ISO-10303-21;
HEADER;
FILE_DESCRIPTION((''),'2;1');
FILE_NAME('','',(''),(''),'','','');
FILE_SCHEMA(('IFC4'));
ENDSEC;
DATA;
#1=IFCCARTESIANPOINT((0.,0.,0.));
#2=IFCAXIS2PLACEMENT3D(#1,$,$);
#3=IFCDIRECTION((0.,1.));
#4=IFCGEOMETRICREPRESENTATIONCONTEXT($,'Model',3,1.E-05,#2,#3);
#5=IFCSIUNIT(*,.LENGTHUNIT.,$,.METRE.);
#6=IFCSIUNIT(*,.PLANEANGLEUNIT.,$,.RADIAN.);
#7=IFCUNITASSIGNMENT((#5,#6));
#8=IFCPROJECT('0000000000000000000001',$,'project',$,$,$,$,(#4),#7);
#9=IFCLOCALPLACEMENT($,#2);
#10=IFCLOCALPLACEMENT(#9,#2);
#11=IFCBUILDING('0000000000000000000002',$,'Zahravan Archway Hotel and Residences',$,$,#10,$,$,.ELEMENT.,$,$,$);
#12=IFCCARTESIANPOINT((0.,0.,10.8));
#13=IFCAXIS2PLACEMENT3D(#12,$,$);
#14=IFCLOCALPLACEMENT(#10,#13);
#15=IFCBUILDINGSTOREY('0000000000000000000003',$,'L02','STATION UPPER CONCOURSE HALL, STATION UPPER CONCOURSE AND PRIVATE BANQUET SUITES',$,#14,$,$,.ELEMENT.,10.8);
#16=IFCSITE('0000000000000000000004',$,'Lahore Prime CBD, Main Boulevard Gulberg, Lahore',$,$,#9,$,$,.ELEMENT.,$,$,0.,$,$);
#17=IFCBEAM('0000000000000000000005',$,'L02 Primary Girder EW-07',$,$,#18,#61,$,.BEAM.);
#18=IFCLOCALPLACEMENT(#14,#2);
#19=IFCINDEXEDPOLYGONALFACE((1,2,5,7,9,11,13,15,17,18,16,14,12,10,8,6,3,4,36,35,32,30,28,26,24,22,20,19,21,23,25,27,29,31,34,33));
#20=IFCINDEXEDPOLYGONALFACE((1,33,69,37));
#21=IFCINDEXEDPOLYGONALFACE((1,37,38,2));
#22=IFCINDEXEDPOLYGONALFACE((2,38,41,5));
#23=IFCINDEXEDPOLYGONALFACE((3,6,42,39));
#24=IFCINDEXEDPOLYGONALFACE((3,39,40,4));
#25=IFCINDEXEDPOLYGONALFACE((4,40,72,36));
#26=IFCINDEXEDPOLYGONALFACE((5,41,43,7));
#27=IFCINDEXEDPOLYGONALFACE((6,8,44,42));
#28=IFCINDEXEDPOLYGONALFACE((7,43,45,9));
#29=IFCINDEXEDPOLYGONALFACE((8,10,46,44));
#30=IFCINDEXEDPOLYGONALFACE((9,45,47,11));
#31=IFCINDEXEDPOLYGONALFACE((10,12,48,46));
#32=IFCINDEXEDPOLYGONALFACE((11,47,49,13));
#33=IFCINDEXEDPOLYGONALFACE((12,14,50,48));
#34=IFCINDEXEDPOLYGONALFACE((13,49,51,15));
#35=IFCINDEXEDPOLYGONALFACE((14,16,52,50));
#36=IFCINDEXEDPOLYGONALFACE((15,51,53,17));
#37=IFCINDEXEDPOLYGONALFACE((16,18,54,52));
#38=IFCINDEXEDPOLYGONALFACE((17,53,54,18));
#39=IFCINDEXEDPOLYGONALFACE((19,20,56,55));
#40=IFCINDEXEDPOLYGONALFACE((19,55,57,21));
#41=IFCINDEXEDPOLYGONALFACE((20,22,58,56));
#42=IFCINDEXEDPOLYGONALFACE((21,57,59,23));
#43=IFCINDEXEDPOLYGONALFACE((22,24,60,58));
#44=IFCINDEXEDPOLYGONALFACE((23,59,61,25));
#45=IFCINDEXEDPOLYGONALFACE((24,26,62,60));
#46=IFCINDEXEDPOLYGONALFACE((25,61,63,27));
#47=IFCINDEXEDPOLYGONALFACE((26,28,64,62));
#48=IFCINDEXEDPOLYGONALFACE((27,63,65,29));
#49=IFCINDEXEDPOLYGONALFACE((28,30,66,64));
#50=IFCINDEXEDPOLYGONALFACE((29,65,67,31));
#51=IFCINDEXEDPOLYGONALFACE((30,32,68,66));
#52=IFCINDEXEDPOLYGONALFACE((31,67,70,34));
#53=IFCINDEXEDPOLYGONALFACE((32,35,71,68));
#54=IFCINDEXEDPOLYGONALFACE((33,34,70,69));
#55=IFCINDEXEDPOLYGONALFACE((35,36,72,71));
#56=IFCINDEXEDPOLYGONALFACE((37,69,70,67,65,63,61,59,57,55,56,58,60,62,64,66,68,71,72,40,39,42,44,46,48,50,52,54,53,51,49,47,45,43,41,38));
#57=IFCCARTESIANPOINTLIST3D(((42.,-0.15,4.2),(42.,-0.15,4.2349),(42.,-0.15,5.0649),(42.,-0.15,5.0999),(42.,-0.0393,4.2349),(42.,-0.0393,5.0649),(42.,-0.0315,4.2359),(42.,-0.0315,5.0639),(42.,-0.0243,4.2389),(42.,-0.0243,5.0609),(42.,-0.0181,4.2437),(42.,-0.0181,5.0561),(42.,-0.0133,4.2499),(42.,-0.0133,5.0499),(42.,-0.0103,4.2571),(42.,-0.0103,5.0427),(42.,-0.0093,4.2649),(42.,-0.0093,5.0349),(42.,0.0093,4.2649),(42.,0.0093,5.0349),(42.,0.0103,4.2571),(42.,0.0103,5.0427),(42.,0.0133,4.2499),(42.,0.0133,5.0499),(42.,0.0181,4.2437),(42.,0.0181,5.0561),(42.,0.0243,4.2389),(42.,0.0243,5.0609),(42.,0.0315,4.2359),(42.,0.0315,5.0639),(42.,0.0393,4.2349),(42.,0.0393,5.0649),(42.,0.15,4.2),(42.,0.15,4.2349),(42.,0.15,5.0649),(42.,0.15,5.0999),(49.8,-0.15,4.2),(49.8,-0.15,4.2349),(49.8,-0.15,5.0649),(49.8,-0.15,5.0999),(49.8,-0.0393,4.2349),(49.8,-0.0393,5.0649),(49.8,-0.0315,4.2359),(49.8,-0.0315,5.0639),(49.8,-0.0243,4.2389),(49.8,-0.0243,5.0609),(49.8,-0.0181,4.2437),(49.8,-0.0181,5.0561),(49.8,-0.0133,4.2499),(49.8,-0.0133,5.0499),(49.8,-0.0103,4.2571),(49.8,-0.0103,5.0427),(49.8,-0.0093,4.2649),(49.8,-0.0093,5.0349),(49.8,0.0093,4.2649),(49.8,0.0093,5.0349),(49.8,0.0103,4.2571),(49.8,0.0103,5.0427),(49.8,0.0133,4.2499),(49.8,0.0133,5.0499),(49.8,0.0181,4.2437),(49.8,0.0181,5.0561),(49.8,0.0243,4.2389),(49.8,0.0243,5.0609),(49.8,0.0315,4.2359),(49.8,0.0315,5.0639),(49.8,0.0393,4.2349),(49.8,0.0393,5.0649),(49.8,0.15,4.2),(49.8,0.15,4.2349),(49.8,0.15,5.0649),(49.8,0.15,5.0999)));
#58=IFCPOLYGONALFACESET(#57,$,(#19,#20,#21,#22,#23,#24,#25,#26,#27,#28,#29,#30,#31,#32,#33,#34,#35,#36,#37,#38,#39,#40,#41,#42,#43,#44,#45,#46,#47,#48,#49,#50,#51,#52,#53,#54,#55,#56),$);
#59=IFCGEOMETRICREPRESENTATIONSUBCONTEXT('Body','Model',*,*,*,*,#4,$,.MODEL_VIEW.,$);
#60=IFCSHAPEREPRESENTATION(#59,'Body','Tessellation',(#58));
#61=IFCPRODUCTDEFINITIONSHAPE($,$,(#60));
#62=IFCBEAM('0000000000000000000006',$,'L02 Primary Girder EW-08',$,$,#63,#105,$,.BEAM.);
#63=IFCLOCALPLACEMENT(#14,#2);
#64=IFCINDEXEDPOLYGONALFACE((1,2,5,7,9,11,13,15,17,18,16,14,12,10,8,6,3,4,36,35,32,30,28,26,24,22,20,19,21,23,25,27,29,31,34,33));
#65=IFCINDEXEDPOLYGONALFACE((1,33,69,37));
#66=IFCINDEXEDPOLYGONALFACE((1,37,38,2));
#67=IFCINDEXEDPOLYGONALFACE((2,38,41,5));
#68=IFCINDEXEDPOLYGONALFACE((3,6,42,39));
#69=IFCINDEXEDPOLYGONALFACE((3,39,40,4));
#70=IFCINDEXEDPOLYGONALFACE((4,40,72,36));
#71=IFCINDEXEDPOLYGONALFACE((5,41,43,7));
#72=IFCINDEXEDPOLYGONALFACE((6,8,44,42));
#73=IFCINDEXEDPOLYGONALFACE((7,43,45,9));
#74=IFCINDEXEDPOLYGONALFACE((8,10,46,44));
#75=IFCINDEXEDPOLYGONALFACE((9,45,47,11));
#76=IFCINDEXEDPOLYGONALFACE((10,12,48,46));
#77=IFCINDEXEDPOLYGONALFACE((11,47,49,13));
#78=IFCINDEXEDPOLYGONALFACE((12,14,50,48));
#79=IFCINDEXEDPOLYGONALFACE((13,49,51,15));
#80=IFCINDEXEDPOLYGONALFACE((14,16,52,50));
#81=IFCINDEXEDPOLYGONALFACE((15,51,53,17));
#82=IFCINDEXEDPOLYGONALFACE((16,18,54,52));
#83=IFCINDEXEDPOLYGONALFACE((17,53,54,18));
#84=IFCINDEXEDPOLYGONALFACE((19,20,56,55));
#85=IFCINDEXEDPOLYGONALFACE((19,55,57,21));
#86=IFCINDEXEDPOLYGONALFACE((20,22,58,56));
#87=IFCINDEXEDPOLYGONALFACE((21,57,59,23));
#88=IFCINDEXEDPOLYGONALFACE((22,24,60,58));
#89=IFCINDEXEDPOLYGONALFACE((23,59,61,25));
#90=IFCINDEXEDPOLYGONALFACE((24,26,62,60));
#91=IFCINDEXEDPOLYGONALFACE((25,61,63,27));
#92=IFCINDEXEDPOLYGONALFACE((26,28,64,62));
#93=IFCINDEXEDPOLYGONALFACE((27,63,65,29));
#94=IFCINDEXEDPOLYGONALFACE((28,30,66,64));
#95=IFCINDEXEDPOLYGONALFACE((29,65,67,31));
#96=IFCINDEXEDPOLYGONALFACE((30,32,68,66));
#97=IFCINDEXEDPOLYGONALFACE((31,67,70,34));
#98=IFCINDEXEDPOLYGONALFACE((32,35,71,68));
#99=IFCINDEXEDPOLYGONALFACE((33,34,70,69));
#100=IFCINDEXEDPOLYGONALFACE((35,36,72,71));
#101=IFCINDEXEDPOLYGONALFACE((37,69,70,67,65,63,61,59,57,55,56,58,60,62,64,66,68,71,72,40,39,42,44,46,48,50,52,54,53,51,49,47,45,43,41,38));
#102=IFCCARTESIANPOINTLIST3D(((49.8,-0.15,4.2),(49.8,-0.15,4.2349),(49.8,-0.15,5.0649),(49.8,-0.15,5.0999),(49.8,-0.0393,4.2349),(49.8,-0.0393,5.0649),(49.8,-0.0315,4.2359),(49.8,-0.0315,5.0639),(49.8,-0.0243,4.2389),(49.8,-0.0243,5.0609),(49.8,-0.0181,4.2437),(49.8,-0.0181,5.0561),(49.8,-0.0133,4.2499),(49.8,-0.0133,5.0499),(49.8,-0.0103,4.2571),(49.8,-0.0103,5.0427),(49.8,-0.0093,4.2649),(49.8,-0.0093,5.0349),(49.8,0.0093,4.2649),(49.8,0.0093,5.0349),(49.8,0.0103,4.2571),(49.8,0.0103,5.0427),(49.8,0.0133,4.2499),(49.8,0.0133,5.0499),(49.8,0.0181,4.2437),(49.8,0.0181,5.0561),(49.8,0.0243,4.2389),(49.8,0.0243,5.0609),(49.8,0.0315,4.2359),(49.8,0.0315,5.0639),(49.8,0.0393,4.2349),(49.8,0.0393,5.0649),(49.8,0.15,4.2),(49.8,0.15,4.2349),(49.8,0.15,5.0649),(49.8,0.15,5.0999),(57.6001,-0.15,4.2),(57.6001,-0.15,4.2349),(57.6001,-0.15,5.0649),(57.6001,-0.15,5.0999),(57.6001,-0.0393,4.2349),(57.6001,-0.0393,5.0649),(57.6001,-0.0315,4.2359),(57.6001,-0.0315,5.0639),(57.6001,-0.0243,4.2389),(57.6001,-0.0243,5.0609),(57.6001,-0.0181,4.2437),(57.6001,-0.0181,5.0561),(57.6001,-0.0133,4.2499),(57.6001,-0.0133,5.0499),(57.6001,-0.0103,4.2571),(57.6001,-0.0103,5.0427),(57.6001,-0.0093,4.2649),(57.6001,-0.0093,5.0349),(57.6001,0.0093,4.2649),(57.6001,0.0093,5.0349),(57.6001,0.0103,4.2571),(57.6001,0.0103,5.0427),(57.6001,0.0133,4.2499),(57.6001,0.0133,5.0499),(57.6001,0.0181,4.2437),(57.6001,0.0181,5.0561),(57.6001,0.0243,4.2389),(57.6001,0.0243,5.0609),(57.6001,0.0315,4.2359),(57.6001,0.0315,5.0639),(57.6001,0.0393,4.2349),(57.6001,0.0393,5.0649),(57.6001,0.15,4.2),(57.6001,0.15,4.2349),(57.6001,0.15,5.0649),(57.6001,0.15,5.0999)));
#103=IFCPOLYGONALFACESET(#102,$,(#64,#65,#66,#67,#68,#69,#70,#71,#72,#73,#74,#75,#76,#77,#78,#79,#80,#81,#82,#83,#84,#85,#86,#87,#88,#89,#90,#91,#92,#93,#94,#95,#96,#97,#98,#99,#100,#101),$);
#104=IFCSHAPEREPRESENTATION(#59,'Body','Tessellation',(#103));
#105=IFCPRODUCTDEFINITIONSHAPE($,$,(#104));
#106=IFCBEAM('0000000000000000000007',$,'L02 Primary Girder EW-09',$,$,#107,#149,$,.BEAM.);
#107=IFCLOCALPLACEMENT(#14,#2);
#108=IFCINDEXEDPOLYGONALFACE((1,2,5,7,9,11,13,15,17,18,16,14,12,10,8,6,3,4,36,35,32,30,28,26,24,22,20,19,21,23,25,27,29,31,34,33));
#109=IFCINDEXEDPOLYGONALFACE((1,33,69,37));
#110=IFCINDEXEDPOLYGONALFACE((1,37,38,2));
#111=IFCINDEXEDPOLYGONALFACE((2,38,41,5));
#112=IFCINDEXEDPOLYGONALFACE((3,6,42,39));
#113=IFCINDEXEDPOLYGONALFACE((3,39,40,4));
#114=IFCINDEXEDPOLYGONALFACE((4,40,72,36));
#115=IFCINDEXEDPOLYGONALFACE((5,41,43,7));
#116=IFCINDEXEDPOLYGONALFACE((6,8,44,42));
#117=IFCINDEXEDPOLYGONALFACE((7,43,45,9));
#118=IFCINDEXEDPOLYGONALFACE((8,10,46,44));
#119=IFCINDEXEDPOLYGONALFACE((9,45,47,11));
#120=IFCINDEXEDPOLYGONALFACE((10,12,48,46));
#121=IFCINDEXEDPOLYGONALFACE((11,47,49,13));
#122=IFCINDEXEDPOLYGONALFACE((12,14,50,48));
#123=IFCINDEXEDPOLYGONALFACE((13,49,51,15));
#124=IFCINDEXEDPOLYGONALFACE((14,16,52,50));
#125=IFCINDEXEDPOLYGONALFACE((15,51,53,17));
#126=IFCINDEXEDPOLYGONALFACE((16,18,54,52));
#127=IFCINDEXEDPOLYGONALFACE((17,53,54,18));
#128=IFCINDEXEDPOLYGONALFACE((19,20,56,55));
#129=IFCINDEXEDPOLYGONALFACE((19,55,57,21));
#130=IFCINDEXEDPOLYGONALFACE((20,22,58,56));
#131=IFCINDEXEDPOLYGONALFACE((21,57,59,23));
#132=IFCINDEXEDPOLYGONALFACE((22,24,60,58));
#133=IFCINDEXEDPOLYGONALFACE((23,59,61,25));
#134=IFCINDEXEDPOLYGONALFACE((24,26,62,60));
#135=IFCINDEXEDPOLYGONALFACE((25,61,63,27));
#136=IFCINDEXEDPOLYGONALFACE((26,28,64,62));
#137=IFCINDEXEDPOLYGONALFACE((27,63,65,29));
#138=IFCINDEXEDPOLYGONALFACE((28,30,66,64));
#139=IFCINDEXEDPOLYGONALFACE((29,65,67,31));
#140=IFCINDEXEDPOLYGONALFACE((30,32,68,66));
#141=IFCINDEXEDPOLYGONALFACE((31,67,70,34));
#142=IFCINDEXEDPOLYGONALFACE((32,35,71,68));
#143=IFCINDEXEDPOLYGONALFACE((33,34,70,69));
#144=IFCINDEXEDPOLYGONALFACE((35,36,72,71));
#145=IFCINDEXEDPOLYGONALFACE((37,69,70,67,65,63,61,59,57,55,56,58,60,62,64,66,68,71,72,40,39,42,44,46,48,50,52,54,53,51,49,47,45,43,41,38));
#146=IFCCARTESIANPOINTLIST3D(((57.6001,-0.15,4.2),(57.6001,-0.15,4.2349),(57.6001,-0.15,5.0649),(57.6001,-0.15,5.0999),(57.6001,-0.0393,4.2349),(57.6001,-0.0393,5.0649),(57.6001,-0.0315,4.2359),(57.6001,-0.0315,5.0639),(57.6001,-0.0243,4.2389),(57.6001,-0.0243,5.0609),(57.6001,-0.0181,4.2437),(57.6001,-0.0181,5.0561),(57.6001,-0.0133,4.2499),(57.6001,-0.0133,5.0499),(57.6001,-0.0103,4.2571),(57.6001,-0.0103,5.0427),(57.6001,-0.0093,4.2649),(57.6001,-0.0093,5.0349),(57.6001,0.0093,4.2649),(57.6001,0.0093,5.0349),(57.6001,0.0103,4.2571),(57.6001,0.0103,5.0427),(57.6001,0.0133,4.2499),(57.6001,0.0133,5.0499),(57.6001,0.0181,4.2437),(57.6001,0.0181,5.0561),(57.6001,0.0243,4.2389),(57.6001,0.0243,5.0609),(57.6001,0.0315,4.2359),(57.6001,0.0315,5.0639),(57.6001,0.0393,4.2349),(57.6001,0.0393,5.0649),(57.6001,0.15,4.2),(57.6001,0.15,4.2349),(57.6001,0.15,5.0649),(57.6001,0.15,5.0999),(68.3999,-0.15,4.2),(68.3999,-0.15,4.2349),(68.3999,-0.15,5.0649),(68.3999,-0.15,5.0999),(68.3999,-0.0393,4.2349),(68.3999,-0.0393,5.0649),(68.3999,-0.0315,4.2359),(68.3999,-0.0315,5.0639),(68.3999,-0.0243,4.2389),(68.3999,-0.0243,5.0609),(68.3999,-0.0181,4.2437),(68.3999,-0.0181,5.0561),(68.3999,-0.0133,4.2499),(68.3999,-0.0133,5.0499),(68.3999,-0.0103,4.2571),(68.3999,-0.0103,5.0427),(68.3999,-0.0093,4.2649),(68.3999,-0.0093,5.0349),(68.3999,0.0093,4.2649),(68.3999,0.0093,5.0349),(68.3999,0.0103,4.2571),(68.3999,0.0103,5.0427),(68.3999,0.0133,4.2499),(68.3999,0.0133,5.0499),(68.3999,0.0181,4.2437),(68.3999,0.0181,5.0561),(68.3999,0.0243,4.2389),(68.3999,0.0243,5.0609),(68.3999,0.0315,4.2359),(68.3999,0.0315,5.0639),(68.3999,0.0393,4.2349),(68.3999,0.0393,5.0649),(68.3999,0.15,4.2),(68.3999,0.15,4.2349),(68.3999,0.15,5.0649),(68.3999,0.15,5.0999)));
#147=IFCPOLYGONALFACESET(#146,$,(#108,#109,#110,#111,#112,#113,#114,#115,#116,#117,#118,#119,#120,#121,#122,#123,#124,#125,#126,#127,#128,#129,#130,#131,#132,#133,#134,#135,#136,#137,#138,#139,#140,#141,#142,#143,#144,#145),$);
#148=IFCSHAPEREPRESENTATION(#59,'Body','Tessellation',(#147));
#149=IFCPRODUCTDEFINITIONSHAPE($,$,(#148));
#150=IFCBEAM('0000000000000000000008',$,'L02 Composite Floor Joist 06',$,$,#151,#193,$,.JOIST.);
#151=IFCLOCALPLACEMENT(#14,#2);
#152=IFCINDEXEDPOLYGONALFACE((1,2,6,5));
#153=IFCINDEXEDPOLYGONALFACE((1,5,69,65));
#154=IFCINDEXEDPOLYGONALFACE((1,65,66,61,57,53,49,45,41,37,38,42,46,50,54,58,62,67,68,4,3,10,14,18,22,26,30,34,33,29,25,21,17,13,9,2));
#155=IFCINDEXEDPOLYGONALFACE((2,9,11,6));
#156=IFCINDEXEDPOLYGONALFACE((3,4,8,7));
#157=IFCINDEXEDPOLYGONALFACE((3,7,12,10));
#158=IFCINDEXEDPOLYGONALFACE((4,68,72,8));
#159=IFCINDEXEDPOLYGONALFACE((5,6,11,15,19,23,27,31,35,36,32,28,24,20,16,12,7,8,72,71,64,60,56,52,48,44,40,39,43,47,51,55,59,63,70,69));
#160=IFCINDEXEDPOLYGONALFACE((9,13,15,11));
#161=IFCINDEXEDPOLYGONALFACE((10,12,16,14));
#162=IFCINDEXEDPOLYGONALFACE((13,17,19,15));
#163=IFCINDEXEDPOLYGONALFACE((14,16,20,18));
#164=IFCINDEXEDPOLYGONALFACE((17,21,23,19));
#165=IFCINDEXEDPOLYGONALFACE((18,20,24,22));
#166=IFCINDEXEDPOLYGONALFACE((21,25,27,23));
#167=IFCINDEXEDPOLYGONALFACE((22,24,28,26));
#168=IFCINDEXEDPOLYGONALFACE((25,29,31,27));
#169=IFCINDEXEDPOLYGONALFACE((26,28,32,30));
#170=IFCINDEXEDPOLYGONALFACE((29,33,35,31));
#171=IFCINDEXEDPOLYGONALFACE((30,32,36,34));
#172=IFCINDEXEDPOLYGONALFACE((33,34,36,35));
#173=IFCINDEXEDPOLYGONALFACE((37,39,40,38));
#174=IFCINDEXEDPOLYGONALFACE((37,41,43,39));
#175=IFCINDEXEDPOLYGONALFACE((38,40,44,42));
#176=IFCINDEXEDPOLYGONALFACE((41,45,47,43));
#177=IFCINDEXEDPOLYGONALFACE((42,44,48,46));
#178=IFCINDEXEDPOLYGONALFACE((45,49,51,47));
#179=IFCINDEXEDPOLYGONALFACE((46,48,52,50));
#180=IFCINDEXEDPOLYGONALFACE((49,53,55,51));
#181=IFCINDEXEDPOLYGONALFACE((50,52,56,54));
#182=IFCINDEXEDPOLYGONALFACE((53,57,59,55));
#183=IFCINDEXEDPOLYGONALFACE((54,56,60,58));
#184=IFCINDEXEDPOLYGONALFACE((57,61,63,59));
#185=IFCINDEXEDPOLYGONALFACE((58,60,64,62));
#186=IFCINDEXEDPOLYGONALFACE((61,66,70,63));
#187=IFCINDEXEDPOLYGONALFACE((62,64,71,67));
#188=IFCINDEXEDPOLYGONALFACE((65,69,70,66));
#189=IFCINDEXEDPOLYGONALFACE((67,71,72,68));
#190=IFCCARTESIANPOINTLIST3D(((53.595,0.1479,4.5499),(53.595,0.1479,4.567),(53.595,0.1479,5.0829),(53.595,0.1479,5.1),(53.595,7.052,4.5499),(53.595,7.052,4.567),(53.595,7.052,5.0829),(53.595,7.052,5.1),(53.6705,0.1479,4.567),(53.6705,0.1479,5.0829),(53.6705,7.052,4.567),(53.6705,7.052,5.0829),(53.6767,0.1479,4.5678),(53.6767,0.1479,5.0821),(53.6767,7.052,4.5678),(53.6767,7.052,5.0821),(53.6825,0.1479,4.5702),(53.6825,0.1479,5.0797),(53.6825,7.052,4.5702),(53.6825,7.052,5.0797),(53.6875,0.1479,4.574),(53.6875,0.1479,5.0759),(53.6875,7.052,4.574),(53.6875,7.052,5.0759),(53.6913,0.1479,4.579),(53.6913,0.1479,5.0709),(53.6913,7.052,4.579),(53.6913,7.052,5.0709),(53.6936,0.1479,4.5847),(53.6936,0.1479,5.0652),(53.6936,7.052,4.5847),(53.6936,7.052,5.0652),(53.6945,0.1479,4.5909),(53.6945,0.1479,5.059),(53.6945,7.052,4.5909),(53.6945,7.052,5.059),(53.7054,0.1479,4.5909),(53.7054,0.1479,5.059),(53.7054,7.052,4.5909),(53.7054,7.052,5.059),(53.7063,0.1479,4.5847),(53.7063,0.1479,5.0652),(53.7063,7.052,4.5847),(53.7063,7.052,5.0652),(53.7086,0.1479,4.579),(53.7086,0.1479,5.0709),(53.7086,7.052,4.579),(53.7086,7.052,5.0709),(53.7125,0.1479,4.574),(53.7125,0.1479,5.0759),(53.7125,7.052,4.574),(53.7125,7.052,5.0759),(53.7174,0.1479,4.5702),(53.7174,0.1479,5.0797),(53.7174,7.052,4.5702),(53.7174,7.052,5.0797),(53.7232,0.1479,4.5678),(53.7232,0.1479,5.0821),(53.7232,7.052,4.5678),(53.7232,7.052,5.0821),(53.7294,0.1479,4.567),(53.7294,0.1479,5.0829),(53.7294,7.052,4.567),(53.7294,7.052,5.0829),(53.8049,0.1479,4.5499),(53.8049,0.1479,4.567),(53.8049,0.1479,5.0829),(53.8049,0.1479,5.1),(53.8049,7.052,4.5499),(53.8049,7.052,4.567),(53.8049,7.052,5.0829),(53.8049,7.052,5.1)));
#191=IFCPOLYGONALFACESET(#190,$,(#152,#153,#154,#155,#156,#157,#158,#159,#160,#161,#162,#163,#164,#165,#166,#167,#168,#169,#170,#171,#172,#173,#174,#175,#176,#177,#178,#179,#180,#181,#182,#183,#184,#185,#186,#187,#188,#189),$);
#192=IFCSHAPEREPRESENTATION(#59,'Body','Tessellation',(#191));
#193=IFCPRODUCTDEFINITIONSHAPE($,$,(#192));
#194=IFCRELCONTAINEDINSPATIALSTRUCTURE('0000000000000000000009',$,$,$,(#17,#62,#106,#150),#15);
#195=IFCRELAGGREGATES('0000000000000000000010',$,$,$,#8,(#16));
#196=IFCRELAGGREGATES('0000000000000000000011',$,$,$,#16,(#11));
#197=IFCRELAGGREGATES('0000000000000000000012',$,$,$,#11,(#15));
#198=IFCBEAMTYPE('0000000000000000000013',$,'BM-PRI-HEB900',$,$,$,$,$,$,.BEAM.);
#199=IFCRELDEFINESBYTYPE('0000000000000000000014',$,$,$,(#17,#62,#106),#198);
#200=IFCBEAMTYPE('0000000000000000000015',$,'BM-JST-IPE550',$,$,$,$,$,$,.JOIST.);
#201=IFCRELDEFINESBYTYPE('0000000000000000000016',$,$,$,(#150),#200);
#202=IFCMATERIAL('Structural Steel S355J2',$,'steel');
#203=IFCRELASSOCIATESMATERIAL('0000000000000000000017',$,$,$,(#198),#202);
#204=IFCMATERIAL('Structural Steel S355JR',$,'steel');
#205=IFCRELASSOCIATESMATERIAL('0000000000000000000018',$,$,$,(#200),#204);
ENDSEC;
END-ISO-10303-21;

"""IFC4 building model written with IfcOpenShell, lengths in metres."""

from ifc_helpers import new_model, si_unit, direction, frame, origin, origin_2d, place, context, subcontext, project, spatial, i_section, extrude, source, transform, mapped, material, material_profile, profile_set, type_object, type_shapes, element, save


model = new_model("IFC4")

# Units and contexts
model_context = context("Model", 3, precision=1e-05, world=origin(), true_north=direction((0.0, 1.0)))
body_context = subcontext(model_context, "Body", "Model", "MODEL_VIEW")
ifc_project = project(units=[si_unit("LENGTHUNIT", "METRE"), si_unit("PLANEANGLEUNIT", "RADIAN")], contexts=[model_context])

# Site, building, storey
site_placement = place(None, origin())
site = spatial("IfcSite", under=ifc_project, at=site_placement, Name="Lahore Prime CBD, Main Boulevard Gulberg, Lahore", CompositionType="ELEMENT", RefElevation=0.0)
building_placement = place(site_placement, origin())
building = spatial("IfcBuilding", under=site, at=building_placement, Name="Zahravan Archway Hotel and Residences", CompositionType="ELEMENT")
storey_placement = place(building_placement, frame((0.0, 0.0, 10.8)))
storey = spatial("IfcBuildingStorey", under=building, at=storey_placement, Name="L02", Description="STATION UPPER CONCOURSE HALL, STATION UPPER CONCOURSE AND PRIVATE BANQUET SUITES", CompositionType="ELEMENT", Elevation=10.8)

# Beams
ifc_material_1 = material(Name="Structural Steel S355J2", Category="steel")
ifc_material_profile_1 = material_profile(ifc_material_1, i_section(OverallWidth=0.3, OverallDepth=0.8999, WebThickness=0.0186, FlangeThickness=0.0349, FilletRadius=0.03, at=origin_2d()), Name="HEB 900", Category="steel")
ifc_profile_set_1 = profile_set([ifc_material_profile_1], Name="Structural Steel S355J2")
beam_type_1 = type_object("IfcBeamType", Name="BM-PRI-HEB900", PredefinedType="BEAM", material=ifc_profile_set_1)
shared_shape_1 = source(origin(), body_context, "Body", "SweptSolid", [
    extrude(i_section(OverallWidth=0.3, OverallDepth=0.8999, WebThickness=0.0186, FlangeThickness=0.0349, FilletRadius=0.03, at=origin_2d()), origin(), (0.0, 0.0, 1.0), 7.8),
])
for number, where, z_axis, x_axis, name in (
    (1, (42.0, 0.0, 4.6499), (1.0, 0.0, 0.0), (0.0, 1.0, 0.0), "L02 Primary Girder EW-07"),
    (2, (49.8, 0.0, 4.6499), (1.0, 0.0, 0.0), (0.0, 1.0, 0.0), "L02 Primary Girder EW-08"),
):
    element("IfcBeam", number, at=place(storey_placement, frame(where, z_axis=z_axis, x_axis=x_axis)), inside=storey, type_object=beam_type_1, Name=name, PredefinedType="BEAM", context=body_context, shape_type="MappedRepresentation", body=[
        mapped(shared_shape_1, transform((0.0, 0.0, 0.0), scale=1.0)),
    ])
shared_shape_2 = source(origin(), body_context, "Body", "SweptSolid", [
    extrude(i_section(OverallWidth=0.3, OverallDepth=0.8999, WebThickness=0.0186, FlangeThickness=0.0349, FilletRadius=0.03, at=origin_2d()), origin(), (0.0, 0.0, 1.0), 10.7998),
])
beam_1_placement = place(storey_placement, frame((57.6001, 0.0, 4.6499), z_axis=(1.0, 0.0, 0.0), x_axis=(0.0, 1.0, 0.0)))
element("IfcBeam", 3, at=beam_1_placement, inside=storey, type_object=beam_type_1, Name="L02 Primary Girder EW-09", PredefinedType="BEAM", context=body_context, shape_type="MappedRepresentation", body=[
    mapped(shared_shape_2, transform((0.0, 0.0, 0.0), scale=1.0)),
])
ifc_material_2 = material(Name="Structural Steel S355JR", Category="steel")
ifc_material_profile_2 = material_profile(ifc_material_2, i_section(OverallWidth=0.21, OverallDepth=0.55, WebThickness=0.011, FlangeThickness=0.0171, FilletRadius=0.0239, at=origin_2d()), Name="IPE 550", Category="steel")
ifc_profile_set_2 = profile_set([ifc_material_profile_2], Name="Structural Steel S355JR")
beam_type_2 = type_object("IfcBeamType", Name="BM-JST-IPE550", PredefinedType="JOIST", material=ifc_profile_set_2)
shared_shape_3 = source(origin(), body_context, "Body", "SweptSolid", [
    extrude(i_section(OverallWidth=0.21, OverallDepth=0.55, WebThickness=0.011, FlangeThickness=0.0171, FilletRadius=0.0239, at=origin_2d()), origin(), (0.0, 0.0, 1.0), 6.9041),
])
type_shapes(beam_type_2, [shared_shape_3])
beam_2_placement = place(storey_placement, frame((53.7, 0.1479, 4.825), z_axis=(0.0, 1.0, 0.0), x_axis=(-1.0, 0.0, 0.0)))
element("IfcBeam", 4, at=beam_2_placement, inside=storey, type_object=beam_type_2, Name="L02 Composite Floor Joist 06", PredefinedType="JOIST", context=body_context, shape_type="MappedRepresentation", body=[
    mapped(shared_shape_3, transform((0.0, 0.0, 0.0), scale=1.0)),
])

save(model, "model.ifc")
